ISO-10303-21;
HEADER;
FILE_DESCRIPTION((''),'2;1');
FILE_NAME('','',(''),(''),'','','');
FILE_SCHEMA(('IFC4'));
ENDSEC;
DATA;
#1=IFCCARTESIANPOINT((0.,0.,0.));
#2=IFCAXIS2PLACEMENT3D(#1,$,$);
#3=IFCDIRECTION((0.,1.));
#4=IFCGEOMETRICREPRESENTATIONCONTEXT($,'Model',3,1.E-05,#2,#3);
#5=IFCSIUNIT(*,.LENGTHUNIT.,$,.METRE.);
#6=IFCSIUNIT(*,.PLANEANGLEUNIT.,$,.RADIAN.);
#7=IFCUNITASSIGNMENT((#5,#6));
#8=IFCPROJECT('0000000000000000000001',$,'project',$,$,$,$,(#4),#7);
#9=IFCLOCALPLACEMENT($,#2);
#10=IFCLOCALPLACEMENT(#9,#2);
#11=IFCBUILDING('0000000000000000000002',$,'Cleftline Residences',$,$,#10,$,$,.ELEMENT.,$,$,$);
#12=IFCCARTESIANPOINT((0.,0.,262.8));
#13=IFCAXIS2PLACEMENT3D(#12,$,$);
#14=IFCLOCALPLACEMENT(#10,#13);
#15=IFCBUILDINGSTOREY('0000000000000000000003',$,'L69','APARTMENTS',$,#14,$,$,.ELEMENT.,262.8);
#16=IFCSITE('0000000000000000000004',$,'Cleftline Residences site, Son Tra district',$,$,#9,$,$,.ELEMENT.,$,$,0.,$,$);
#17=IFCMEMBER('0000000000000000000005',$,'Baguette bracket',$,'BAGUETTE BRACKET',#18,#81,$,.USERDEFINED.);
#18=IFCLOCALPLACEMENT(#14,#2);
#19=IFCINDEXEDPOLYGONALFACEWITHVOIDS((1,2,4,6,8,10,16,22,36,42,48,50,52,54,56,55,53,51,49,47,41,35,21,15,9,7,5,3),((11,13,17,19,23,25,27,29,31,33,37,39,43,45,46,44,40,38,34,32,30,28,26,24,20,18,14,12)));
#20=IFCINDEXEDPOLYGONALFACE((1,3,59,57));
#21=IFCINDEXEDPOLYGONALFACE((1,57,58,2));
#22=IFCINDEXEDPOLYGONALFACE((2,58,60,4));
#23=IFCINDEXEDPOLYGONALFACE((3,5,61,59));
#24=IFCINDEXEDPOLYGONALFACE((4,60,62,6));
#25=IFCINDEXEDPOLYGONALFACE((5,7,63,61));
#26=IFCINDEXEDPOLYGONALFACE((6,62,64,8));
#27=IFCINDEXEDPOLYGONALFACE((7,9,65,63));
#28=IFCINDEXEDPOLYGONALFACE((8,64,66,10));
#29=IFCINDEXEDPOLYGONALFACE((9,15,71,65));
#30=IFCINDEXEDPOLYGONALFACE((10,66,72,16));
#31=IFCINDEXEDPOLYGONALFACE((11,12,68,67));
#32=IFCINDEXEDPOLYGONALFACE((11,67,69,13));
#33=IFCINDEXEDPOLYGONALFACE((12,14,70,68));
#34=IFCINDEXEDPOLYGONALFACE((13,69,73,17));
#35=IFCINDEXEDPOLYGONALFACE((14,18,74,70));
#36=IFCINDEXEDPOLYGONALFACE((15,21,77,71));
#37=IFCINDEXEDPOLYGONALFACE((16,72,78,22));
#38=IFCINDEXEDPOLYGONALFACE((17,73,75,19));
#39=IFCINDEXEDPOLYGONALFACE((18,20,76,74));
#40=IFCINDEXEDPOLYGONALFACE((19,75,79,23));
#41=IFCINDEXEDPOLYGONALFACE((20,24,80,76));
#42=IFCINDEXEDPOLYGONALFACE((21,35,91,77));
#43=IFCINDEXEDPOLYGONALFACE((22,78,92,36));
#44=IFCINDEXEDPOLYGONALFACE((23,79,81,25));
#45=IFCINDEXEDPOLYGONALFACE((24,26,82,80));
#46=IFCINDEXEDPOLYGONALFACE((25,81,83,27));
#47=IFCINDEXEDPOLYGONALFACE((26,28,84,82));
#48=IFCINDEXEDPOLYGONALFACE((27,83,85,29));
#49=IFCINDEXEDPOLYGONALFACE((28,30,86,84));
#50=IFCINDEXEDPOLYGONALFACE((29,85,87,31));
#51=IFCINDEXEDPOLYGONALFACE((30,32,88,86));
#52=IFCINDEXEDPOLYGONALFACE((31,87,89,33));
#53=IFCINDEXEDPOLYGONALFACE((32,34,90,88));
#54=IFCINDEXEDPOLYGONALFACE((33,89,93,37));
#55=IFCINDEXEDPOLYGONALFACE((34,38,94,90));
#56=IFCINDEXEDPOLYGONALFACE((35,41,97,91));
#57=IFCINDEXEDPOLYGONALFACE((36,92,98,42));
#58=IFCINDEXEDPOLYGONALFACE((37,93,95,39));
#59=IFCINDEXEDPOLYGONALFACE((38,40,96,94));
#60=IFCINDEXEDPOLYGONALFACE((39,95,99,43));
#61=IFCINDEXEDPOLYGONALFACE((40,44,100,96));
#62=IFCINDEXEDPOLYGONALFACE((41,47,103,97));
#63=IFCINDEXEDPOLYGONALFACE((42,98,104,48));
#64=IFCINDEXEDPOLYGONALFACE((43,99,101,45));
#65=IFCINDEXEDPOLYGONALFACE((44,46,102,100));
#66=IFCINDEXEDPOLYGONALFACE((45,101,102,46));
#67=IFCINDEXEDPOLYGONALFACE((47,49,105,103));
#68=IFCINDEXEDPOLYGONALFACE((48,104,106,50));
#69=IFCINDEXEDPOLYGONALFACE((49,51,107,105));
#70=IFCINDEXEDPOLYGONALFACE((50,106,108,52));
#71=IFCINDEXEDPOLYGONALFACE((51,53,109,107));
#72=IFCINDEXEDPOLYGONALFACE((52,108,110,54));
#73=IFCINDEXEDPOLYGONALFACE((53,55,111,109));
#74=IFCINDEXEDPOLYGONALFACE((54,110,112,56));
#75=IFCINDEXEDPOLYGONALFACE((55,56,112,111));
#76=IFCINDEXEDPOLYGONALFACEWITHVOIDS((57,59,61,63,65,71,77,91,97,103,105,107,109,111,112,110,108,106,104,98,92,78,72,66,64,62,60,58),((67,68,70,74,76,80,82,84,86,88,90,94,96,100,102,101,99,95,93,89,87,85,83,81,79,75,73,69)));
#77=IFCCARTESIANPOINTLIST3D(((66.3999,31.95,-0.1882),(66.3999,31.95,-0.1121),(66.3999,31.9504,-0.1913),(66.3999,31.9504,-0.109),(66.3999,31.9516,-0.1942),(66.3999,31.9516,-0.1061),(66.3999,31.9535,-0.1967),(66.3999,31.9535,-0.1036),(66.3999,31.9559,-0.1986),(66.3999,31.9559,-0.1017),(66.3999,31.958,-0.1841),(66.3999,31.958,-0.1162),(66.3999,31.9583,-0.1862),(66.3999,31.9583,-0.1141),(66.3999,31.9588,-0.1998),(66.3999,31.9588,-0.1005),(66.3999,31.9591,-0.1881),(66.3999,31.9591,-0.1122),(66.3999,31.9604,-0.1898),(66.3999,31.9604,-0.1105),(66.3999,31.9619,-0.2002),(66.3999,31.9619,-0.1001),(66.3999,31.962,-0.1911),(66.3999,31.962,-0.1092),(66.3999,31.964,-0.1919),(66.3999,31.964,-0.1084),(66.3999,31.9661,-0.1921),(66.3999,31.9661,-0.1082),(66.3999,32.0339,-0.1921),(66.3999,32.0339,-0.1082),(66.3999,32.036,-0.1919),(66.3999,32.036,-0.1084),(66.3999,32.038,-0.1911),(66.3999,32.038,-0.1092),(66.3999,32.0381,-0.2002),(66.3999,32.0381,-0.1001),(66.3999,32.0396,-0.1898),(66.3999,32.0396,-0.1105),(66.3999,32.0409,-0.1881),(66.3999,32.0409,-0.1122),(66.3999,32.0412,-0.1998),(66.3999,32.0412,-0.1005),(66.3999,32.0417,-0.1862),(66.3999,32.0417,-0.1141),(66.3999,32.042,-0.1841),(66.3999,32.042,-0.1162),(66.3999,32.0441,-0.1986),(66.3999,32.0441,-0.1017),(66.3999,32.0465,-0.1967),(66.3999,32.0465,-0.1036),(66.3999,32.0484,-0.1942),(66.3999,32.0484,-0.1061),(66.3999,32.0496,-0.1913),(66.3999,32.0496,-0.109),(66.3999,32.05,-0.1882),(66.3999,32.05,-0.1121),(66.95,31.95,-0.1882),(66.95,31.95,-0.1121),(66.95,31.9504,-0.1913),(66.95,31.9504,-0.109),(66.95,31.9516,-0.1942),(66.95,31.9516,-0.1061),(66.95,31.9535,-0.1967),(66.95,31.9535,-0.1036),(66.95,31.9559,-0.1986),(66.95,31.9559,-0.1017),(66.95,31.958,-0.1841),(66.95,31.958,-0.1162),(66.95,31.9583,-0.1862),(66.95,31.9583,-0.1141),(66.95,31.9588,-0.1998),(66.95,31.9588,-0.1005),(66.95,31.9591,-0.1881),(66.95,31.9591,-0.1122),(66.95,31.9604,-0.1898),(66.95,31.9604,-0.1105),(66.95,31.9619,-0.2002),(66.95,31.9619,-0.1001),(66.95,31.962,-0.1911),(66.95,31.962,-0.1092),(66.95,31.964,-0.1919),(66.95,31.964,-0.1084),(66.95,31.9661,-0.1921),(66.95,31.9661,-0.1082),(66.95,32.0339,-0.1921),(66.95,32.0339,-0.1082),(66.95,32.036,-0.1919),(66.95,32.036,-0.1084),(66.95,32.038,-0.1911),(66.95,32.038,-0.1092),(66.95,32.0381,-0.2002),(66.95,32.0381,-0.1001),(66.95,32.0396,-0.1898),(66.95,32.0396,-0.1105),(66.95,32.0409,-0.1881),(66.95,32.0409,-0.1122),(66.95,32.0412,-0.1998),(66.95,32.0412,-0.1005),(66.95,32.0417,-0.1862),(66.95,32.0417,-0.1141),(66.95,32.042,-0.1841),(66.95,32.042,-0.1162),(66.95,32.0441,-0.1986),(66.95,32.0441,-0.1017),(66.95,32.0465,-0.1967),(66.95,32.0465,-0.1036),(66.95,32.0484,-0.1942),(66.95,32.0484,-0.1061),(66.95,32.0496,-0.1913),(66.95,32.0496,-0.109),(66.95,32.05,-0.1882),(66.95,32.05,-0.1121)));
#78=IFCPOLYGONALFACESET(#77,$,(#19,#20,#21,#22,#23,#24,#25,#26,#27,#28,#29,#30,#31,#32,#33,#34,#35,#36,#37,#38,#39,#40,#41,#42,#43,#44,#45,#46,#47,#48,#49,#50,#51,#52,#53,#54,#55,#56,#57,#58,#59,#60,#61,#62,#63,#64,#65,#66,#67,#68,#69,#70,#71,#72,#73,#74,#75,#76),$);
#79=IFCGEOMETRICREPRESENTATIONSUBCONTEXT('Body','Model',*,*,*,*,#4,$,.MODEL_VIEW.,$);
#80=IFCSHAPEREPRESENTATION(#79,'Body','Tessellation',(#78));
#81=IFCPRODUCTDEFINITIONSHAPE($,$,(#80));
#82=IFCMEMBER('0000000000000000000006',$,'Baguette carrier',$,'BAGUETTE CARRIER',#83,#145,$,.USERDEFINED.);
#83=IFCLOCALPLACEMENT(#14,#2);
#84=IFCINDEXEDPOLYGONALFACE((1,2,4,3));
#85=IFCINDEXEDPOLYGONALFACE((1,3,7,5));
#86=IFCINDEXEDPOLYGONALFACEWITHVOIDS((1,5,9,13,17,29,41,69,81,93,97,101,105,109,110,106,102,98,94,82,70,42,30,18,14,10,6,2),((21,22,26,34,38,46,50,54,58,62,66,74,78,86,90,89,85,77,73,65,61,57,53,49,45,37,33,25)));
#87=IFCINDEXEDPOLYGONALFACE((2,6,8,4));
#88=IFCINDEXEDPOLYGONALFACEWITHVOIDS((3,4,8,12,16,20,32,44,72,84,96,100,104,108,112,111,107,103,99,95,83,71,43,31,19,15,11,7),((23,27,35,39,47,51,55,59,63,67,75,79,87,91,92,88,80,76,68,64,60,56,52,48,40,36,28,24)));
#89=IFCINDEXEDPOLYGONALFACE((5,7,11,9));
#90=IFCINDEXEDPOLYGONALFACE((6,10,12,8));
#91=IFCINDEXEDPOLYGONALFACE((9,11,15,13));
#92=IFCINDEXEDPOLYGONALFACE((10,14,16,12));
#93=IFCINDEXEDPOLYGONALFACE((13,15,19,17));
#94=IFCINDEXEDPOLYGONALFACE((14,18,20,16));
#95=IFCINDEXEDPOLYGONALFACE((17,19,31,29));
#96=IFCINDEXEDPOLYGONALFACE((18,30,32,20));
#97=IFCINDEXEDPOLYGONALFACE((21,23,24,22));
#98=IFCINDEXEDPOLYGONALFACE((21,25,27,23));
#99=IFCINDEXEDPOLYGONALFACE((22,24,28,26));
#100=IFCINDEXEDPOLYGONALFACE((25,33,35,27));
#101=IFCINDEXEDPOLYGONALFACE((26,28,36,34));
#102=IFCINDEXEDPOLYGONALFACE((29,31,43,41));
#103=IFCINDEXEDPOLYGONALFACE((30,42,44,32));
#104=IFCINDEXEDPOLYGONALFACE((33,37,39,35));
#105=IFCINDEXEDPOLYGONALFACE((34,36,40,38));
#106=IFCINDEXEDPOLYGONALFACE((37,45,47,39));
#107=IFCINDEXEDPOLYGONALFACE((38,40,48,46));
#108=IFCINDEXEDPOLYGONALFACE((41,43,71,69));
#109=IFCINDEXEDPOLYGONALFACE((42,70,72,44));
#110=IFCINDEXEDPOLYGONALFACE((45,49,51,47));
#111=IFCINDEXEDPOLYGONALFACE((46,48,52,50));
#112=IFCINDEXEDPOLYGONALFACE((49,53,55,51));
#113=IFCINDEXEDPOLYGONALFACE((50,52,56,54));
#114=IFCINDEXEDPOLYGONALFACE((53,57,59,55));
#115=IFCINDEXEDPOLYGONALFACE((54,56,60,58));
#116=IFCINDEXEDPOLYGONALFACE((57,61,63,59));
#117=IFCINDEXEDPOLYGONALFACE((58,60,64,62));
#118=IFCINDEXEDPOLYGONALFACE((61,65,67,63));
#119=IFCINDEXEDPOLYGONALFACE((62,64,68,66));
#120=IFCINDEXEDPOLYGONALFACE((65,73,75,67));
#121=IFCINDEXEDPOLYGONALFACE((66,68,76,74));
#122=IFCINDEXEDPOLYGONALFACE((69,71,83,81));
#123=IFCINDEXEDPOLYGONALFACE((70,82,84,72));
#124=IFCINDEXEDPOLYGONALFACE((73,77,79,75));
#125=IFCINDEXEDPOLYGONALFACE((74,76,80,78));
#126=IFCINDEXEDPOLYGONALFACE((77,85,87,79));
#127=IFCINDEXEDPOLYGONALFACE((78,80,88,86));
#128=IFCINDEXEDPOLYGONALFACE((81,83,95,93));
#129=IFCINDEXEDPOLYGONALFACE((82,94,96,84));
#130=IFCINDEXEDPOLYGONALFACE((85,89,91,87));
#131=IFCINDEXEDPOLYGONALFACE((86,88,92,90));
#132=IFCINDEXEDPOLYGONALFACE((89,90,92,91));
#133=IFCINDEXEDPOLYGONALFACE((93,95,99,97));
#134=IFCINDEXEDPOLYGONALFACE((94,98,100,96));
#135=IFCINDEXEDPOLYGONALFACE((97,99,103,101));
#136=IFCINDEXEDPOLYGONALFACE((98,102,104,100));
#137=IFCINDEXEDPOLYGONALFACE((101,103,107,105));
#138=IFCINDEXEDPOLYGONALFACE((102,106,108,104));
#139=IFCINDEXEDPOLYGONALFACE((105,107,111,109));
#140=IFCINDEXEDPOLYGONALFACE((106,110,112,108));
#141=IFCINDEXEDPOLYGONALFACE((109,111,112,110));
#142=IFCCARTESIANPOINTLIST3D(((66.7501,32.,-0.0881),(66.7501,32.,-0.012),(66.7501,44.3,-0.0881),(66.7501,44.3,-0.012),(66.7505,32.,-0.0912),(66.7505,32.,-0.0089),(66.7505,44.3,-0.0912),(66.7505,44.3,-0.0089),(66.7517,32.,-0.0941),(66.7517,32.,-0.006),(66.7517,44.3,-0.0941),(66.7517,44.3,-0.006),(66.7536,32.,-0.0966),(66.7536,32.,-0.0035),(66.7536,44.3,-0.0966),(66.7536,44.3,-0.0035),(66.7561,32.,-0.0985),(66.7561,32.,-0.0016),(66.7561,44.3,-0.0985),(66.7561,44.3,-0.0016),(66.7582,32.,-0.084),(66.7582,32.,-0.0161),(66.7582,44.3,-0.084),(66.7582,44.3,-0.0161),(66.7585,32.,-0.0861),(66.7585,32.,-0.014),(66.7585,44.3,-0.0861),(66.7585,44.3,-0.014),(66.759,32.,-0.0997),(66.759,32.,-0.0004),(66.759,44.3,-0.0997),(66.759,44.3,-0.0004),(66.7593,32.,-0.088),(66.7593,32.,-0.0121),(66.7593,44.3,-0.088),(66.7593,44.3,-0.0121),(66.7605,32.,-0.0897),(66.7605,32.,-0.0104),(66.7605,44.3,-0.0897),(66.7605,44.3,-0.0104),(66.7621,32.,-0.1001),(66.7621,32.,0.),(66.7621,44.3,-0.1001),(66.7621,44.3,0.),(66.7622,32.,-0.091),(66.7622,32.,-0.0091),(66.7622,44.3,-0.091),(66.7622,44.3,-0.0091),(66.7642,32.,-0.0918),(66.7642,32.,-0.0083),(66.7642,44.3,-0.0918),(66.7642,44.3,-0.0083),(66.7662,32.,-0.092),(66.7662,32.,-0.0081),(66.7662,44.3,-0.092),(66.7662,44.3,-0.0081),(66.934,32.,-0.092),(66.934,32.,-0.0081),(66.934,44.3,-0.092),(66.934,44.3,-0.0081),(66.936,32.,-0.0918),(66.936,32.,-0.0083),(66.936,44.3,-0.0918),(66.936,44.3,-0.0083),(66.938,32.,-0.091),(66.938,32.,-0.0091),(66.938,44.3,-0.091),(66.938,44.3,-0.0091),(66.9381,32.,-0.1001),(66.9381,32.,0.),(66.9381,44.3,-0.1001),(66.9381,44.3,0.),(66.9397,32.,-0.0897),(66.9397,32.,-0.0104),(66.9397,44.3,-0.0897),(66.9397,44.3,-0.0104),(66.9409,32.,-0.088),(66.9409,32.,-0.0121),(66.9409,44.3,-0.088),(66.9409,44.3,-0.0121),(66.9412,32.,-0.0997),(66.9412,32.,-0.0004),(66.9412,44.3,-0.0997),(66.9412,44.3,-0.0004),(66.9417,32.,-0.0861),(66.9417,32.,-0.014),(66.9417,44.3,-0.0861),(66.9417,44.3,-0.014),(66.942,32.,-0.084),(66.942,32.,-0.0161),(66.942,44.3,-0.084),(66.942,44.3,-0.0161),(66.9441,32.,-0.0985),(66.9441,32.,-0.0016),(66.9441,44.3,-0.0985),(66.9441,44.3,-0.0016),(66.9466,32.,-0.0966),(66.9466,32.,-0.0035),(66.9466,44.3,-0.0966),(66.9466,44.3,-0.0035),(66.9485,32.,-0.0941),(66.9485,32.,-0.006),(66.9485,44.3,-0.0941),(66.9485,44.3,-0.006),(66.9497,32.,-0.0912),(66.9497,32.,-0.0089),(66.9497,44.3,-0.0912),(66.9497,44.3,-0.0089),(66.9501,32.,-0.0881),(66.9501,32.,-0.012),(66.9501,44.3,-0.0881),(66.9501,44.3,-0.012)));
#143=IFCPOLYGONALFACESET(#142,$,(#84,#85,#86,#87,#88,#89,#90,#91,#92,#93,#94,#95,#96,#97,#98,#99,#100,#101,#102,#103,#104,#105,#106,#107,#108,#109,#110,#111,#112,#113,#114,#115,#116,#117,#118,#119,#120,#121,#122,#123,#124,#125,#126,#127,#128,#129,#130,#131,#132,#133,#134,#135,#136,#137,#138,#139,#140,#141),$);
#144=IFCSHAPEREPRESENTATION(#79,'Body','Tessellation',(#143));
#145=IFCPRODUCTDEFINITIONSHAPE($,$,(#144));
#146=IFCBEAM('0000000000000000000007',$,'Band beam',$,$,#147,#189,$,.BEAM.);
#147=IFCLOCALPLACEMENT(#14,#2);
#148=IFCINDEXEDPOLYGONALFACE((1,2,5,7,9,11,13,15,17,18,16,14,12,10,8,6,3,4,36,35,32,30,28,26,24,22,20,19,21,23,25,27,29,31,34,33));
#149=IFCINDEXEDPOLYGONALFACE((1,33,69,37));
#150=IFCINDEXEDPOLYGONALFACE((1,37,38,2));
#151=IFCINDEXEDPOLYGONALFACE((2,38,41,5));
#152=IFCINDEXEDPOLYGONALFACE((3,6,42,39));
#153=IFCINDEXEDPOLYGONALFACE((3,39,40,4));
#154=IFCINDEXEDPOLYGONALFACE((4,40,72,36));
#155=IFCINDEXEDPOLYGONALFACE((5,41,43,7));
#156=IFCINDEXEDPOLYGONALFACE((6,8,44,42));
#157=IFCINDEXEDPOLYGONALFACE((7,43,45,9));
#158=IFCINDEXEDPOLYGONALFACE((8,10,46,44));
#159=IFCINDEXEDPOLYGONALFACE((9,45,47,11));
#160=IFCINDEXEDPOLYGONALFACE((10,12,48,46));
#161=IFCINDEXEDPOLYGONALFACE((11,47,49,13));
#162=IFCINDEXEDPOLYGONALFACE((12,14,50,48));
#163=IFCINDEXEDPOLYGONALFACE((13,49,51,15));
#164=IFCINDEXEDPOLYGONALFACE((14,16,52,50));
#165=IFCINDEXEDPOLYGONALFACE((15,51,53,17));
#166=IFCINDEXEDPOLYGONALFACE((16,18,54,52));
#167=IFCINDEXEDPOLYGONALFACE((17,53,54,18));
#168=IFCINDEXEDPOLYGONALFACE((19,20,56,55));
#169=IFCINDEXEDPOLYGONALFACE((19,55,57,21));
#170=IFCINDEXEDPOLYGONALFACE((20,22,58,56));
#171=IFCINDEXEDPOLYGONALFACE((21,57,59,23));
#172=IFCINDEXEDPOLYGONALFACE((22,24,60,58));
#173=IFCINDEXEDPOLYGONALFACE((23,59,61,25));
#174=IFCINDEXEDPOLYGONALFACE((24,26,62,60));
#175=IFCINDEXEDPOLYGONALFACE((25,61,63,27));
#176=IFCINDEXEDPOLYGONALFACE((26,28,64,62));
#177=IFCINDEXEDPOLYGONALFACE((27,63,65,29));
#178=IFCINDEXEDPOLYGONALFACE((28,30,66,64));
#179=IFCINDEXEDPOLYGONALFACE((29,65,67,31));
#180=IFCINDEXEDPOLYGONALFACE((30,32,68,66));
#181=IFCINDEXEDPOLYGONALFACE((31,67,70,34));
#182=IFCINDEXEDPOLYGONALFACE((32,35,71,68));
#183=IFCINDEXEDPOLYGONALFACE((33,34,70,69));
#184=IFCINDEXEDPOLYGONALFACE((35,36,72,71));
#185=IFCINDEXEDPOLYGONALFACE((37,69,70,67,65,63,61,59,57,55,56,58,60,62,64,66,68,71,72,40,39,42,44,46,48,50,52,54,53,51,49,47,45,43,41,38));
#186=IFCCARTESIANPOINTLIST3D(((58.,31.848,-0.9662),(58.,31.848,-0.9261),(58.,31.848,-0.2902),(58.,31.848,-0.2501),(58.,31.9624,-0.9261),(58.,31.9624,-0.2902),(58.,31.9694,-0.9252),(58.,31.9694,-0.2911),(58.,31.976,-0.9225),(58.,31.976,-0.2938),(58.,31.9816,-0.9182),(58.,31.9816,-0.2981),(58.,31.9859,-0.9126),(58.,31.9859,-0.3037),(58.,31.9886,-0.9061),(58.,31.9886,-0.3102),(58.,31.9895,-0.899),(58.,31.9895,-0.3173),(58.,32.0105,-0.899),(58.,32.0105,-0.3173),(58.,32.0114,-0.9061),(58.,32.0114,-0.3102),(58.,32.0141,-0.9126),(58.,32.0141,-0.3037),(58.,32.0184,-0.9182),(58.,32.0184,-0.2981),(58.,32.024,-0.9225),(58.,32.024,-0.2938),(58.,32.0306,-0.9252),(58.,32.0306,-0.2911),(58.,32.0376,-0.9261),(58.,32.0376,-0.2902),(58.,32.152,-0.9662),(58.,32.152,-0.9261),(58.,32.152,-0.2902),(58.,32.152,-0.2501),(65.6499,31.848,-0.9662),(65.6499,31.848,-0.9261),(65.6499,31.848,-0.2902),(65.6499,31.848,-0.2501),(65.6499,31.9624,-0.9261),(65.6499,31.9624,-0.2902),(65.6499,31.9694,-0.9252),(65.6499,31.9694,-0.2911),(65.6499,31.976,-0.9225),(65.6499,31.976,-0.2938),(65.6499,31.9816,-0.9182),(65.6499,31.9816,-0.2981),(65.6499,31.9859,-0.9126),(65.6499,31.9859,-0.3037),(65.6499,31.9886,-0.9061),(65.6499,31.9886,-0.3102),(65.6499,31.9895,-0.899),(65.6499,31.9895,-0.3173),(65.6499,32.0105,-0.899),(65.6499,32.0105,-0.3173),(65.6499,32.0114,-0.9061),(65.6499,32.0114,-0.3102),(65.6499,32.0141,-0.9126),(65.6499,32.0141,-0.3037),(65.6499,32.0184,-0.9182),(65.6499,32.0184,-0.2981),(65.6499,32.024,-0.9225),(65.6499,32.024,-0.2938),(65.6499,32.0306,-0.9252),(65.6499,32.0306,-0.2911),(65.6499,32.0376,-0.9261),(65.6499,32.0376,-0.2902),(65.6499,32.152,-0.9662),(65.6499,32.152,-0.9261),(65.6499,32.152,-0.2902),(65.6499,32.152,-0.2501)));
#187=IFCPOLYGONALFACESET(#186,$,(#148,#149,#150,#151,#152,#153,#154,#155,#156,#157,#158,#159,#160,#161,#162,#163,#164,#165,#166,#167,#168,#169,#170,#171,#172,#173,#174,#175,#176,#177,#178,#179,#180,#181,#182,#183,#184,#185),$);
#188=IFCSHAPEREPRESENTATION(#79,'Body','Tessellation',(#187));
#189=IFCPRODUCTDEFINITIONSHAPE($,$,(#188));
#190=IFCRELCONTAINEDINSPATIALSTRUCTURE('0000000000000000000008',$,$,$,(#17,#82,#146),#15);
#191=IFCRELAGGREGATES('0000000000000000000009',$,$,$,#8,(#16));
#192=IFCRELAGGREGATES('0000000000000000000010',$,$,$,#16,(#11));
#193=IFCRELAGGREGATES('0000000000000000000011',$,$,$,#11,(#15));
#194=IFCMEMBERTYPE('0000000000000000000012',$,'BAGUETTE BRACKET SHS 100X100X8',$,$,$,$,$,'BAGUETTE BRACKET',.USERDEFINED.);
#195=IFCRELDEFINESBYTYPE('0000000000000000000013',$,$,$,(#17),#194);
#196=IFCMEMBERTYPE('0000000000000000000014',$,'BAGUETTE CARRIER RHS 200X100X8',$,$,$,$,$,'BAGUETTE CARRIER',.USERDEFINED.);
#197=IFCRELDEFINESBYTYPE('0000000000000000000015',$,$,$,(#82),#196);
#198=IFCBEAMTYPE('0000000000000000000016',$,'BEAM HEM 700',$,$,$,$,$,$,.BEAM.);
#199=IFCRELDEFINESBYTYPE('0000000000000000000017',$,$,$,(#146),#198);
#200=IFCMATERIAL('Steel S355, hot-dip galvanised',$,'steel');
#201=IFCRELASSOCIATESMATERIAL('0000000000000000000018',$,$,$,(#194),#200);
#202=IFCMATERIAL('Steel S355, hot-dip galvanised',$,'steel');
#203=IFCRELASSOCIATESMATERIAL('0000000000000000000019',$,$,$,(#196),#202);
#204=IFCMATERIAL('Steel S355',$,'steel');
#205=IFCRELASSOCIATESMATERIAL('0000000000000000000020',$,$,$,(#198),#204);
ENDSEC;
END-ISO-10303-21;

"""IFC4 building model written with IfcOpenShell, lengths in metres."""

from ifc_helpers import new_model, si_unit, direction, frame, origin, origin_2d, place, context, subcontext, project, spatial, hollow_rectangle, i_section, extrude, material, material_profile, profile_set, type_object, element, save


model = new_model("IFC4")

# Units and contexts
model_context = context("Model", 3, precision=1e-05, world=origin(), true_north=direction((0.0, 1.0)))
body_context = subcontext(model_context, "Body", "Model", "MODEL_VIEW")
ifc_project = project(units=[si_unit("LENGTHUNIT", "METRE"), si_unit("PLANEANGLEUNIT", "RADIAN")], contexts=[model_context])

# Site, building, storey
site_placement = place(None, origin())
site = spatial("IfcSite", under=ifc_project, at=site_placement, Name="Cleftline Residences site, Son Tra district", CompositionType="ELEMENT", RefElevation=0.0)
building_placement = place(site_placement, origin())
building = spatial("IfcBuilding", under=site, at=building_placement, Name="Cleftline Residences", CompositionType="ELEMENT")
storey_placement = place(building_placement, frame((0.0, 0.0, 262.8)))
storey = spatial("IfcBuildingStorey", under=building, at=storey_placement, Name="L69", Description="APARTMENTS", CompositionType="ELEMENT", Elevation=262.8)

# Members
ifc_material_1 = material(Name="Steel S355, hot-dip galvanised", Category="steel")
ifc_material_profile_1 = material_profile(ifc_material_1, hollow_rectangle(XDim=0.1001, YDim=0.1001, WallThickness=0.0081, InnerFilletRadius=0.0081, OuterFilletRadius=0.012, at=origin_2d()))
ifc_profile_set_1 = profile_set([ifc_material_profile_1], Name="Steel S355, hot-dip galvanised")
member_type_1 = type_object("IfcMemberType", Name="BAGUETTE BRACKET SHS 100X100X8", ElementType="BAGUETTE BRACKET", PredefinedType="USERDEFINED", material=ifc_profile_set_1)
member_1_placement = place(storey_placement, frame((66.3999, 32.0, -0.1501), z_axis=(1.0, 0.0, 0.0), x_axis=(0.0, 1.0, 0.0)))
element("IfcMember", 1, at=member_1_placement, inside=storey, type_object=member_type_1, Name="Baguette bracket", ObjectType="BAGUETTE BRACKET", PredefinedType="USERDEFINED", context=body_context, shape_type="SweptSolid", body=[
    extrude(hollow_rectangle(XDim=0.1001, YDim=0.1001, WallThickness=0.0081, InnerFilletRadius=0.0081, OuterFilletRadius=0.012, at=origin_2d()), origin(), (0.0, 0.0, 1.0), 0.55),
])
ifc_material_2 = material(Name="Steel S355, hot-dip galvanised", Category="steel")
ifc_material_profile_2 = material_profile(ifc_material_2, hollow_rectangle(XDim=0.1001, YDim=0.2, WallThickness=0.0081, InnerFilletRadius=0.0081, OuterFilletRadius=0.012, at=origin_2d()))
ifc_profile_set_2 = profile_set([ifc_material_profile_2], Name="Steel S355, hot-dip galvanised")
member_type_2 = type_object("IfcMemberType", Name="BAGUETTE CARRIER RHS 200X100X8", ElementType="BAGUETTE CARRIER", PredefinedType="USERDEFINED", material=ifc_profile_set_2)
member_2_placement = place(storey_placement, frame((66.8501, 32.0, -0.05), z_axis=(0.0, 1.0, 0.0), x_axis=(0.0, 0.0, 1.0)))
element("IfcMember", 2, at=member_2_placement, inside=storey, type_object=member_type_2, Name="Baguette carrier", ObjectType="BAGUETTE CARRIER", PredefinedType="USERDEFINED", context=body_context, shape_type="SweptSolid", body=[
    extrude(hollow_rectangle(XDim=0.1001, YDim=0.2, WallThickness=0.0081, InnerFilletRadius=0.0081, OuterFilletRadius=0.012, at=origin_2d()), origin(), (0.0, 0.0, 1.0), 12.3),
])

# Beam
ifc_material_3 = material(Name="Steel S355", Category="steel")
ifc_material_profile_3 = material_profile(ifc_material_3, i_section(OverallWidth=0.304, OverallDepth=0.7161, WebThickness=0.021, FlangeThickness=0.04, FilletRadius=0.0271, at=origin_2d()))
ifc_profile_set_3 = profile_set([ifc_material_profile_3], Name="Steel S355")
beam_type = type_object("IfcBeamType", Name="BEAM HEM 700", PredefinedType="BEAM", material=ifc_profile_set_3)
beam_placement = place(storey_placement, frame((65.6499, 32.0, -0.6082), z_axis=(-1.0, 0.0, 0.0), x_axis=(0.0, -1.0, 0.0)))
element("IfcBeam", 3, at=beam_placement, inside=storey, type_object=beam_type, Name="Band beam", PredefinedType="BEAM", context=body_context, shape_type="SweptSolid", body=[
    extrude(i_section(OverallWidth=0.304, OverallDepth=0.7161, WebThickness=0.021, FlangeThickness=0.04, FilletRadius=0.0271, at=origin_2d()), origin(), (0.0, 0.0, 1.0), 7.6499),
])

save(model, "model.ifc")
